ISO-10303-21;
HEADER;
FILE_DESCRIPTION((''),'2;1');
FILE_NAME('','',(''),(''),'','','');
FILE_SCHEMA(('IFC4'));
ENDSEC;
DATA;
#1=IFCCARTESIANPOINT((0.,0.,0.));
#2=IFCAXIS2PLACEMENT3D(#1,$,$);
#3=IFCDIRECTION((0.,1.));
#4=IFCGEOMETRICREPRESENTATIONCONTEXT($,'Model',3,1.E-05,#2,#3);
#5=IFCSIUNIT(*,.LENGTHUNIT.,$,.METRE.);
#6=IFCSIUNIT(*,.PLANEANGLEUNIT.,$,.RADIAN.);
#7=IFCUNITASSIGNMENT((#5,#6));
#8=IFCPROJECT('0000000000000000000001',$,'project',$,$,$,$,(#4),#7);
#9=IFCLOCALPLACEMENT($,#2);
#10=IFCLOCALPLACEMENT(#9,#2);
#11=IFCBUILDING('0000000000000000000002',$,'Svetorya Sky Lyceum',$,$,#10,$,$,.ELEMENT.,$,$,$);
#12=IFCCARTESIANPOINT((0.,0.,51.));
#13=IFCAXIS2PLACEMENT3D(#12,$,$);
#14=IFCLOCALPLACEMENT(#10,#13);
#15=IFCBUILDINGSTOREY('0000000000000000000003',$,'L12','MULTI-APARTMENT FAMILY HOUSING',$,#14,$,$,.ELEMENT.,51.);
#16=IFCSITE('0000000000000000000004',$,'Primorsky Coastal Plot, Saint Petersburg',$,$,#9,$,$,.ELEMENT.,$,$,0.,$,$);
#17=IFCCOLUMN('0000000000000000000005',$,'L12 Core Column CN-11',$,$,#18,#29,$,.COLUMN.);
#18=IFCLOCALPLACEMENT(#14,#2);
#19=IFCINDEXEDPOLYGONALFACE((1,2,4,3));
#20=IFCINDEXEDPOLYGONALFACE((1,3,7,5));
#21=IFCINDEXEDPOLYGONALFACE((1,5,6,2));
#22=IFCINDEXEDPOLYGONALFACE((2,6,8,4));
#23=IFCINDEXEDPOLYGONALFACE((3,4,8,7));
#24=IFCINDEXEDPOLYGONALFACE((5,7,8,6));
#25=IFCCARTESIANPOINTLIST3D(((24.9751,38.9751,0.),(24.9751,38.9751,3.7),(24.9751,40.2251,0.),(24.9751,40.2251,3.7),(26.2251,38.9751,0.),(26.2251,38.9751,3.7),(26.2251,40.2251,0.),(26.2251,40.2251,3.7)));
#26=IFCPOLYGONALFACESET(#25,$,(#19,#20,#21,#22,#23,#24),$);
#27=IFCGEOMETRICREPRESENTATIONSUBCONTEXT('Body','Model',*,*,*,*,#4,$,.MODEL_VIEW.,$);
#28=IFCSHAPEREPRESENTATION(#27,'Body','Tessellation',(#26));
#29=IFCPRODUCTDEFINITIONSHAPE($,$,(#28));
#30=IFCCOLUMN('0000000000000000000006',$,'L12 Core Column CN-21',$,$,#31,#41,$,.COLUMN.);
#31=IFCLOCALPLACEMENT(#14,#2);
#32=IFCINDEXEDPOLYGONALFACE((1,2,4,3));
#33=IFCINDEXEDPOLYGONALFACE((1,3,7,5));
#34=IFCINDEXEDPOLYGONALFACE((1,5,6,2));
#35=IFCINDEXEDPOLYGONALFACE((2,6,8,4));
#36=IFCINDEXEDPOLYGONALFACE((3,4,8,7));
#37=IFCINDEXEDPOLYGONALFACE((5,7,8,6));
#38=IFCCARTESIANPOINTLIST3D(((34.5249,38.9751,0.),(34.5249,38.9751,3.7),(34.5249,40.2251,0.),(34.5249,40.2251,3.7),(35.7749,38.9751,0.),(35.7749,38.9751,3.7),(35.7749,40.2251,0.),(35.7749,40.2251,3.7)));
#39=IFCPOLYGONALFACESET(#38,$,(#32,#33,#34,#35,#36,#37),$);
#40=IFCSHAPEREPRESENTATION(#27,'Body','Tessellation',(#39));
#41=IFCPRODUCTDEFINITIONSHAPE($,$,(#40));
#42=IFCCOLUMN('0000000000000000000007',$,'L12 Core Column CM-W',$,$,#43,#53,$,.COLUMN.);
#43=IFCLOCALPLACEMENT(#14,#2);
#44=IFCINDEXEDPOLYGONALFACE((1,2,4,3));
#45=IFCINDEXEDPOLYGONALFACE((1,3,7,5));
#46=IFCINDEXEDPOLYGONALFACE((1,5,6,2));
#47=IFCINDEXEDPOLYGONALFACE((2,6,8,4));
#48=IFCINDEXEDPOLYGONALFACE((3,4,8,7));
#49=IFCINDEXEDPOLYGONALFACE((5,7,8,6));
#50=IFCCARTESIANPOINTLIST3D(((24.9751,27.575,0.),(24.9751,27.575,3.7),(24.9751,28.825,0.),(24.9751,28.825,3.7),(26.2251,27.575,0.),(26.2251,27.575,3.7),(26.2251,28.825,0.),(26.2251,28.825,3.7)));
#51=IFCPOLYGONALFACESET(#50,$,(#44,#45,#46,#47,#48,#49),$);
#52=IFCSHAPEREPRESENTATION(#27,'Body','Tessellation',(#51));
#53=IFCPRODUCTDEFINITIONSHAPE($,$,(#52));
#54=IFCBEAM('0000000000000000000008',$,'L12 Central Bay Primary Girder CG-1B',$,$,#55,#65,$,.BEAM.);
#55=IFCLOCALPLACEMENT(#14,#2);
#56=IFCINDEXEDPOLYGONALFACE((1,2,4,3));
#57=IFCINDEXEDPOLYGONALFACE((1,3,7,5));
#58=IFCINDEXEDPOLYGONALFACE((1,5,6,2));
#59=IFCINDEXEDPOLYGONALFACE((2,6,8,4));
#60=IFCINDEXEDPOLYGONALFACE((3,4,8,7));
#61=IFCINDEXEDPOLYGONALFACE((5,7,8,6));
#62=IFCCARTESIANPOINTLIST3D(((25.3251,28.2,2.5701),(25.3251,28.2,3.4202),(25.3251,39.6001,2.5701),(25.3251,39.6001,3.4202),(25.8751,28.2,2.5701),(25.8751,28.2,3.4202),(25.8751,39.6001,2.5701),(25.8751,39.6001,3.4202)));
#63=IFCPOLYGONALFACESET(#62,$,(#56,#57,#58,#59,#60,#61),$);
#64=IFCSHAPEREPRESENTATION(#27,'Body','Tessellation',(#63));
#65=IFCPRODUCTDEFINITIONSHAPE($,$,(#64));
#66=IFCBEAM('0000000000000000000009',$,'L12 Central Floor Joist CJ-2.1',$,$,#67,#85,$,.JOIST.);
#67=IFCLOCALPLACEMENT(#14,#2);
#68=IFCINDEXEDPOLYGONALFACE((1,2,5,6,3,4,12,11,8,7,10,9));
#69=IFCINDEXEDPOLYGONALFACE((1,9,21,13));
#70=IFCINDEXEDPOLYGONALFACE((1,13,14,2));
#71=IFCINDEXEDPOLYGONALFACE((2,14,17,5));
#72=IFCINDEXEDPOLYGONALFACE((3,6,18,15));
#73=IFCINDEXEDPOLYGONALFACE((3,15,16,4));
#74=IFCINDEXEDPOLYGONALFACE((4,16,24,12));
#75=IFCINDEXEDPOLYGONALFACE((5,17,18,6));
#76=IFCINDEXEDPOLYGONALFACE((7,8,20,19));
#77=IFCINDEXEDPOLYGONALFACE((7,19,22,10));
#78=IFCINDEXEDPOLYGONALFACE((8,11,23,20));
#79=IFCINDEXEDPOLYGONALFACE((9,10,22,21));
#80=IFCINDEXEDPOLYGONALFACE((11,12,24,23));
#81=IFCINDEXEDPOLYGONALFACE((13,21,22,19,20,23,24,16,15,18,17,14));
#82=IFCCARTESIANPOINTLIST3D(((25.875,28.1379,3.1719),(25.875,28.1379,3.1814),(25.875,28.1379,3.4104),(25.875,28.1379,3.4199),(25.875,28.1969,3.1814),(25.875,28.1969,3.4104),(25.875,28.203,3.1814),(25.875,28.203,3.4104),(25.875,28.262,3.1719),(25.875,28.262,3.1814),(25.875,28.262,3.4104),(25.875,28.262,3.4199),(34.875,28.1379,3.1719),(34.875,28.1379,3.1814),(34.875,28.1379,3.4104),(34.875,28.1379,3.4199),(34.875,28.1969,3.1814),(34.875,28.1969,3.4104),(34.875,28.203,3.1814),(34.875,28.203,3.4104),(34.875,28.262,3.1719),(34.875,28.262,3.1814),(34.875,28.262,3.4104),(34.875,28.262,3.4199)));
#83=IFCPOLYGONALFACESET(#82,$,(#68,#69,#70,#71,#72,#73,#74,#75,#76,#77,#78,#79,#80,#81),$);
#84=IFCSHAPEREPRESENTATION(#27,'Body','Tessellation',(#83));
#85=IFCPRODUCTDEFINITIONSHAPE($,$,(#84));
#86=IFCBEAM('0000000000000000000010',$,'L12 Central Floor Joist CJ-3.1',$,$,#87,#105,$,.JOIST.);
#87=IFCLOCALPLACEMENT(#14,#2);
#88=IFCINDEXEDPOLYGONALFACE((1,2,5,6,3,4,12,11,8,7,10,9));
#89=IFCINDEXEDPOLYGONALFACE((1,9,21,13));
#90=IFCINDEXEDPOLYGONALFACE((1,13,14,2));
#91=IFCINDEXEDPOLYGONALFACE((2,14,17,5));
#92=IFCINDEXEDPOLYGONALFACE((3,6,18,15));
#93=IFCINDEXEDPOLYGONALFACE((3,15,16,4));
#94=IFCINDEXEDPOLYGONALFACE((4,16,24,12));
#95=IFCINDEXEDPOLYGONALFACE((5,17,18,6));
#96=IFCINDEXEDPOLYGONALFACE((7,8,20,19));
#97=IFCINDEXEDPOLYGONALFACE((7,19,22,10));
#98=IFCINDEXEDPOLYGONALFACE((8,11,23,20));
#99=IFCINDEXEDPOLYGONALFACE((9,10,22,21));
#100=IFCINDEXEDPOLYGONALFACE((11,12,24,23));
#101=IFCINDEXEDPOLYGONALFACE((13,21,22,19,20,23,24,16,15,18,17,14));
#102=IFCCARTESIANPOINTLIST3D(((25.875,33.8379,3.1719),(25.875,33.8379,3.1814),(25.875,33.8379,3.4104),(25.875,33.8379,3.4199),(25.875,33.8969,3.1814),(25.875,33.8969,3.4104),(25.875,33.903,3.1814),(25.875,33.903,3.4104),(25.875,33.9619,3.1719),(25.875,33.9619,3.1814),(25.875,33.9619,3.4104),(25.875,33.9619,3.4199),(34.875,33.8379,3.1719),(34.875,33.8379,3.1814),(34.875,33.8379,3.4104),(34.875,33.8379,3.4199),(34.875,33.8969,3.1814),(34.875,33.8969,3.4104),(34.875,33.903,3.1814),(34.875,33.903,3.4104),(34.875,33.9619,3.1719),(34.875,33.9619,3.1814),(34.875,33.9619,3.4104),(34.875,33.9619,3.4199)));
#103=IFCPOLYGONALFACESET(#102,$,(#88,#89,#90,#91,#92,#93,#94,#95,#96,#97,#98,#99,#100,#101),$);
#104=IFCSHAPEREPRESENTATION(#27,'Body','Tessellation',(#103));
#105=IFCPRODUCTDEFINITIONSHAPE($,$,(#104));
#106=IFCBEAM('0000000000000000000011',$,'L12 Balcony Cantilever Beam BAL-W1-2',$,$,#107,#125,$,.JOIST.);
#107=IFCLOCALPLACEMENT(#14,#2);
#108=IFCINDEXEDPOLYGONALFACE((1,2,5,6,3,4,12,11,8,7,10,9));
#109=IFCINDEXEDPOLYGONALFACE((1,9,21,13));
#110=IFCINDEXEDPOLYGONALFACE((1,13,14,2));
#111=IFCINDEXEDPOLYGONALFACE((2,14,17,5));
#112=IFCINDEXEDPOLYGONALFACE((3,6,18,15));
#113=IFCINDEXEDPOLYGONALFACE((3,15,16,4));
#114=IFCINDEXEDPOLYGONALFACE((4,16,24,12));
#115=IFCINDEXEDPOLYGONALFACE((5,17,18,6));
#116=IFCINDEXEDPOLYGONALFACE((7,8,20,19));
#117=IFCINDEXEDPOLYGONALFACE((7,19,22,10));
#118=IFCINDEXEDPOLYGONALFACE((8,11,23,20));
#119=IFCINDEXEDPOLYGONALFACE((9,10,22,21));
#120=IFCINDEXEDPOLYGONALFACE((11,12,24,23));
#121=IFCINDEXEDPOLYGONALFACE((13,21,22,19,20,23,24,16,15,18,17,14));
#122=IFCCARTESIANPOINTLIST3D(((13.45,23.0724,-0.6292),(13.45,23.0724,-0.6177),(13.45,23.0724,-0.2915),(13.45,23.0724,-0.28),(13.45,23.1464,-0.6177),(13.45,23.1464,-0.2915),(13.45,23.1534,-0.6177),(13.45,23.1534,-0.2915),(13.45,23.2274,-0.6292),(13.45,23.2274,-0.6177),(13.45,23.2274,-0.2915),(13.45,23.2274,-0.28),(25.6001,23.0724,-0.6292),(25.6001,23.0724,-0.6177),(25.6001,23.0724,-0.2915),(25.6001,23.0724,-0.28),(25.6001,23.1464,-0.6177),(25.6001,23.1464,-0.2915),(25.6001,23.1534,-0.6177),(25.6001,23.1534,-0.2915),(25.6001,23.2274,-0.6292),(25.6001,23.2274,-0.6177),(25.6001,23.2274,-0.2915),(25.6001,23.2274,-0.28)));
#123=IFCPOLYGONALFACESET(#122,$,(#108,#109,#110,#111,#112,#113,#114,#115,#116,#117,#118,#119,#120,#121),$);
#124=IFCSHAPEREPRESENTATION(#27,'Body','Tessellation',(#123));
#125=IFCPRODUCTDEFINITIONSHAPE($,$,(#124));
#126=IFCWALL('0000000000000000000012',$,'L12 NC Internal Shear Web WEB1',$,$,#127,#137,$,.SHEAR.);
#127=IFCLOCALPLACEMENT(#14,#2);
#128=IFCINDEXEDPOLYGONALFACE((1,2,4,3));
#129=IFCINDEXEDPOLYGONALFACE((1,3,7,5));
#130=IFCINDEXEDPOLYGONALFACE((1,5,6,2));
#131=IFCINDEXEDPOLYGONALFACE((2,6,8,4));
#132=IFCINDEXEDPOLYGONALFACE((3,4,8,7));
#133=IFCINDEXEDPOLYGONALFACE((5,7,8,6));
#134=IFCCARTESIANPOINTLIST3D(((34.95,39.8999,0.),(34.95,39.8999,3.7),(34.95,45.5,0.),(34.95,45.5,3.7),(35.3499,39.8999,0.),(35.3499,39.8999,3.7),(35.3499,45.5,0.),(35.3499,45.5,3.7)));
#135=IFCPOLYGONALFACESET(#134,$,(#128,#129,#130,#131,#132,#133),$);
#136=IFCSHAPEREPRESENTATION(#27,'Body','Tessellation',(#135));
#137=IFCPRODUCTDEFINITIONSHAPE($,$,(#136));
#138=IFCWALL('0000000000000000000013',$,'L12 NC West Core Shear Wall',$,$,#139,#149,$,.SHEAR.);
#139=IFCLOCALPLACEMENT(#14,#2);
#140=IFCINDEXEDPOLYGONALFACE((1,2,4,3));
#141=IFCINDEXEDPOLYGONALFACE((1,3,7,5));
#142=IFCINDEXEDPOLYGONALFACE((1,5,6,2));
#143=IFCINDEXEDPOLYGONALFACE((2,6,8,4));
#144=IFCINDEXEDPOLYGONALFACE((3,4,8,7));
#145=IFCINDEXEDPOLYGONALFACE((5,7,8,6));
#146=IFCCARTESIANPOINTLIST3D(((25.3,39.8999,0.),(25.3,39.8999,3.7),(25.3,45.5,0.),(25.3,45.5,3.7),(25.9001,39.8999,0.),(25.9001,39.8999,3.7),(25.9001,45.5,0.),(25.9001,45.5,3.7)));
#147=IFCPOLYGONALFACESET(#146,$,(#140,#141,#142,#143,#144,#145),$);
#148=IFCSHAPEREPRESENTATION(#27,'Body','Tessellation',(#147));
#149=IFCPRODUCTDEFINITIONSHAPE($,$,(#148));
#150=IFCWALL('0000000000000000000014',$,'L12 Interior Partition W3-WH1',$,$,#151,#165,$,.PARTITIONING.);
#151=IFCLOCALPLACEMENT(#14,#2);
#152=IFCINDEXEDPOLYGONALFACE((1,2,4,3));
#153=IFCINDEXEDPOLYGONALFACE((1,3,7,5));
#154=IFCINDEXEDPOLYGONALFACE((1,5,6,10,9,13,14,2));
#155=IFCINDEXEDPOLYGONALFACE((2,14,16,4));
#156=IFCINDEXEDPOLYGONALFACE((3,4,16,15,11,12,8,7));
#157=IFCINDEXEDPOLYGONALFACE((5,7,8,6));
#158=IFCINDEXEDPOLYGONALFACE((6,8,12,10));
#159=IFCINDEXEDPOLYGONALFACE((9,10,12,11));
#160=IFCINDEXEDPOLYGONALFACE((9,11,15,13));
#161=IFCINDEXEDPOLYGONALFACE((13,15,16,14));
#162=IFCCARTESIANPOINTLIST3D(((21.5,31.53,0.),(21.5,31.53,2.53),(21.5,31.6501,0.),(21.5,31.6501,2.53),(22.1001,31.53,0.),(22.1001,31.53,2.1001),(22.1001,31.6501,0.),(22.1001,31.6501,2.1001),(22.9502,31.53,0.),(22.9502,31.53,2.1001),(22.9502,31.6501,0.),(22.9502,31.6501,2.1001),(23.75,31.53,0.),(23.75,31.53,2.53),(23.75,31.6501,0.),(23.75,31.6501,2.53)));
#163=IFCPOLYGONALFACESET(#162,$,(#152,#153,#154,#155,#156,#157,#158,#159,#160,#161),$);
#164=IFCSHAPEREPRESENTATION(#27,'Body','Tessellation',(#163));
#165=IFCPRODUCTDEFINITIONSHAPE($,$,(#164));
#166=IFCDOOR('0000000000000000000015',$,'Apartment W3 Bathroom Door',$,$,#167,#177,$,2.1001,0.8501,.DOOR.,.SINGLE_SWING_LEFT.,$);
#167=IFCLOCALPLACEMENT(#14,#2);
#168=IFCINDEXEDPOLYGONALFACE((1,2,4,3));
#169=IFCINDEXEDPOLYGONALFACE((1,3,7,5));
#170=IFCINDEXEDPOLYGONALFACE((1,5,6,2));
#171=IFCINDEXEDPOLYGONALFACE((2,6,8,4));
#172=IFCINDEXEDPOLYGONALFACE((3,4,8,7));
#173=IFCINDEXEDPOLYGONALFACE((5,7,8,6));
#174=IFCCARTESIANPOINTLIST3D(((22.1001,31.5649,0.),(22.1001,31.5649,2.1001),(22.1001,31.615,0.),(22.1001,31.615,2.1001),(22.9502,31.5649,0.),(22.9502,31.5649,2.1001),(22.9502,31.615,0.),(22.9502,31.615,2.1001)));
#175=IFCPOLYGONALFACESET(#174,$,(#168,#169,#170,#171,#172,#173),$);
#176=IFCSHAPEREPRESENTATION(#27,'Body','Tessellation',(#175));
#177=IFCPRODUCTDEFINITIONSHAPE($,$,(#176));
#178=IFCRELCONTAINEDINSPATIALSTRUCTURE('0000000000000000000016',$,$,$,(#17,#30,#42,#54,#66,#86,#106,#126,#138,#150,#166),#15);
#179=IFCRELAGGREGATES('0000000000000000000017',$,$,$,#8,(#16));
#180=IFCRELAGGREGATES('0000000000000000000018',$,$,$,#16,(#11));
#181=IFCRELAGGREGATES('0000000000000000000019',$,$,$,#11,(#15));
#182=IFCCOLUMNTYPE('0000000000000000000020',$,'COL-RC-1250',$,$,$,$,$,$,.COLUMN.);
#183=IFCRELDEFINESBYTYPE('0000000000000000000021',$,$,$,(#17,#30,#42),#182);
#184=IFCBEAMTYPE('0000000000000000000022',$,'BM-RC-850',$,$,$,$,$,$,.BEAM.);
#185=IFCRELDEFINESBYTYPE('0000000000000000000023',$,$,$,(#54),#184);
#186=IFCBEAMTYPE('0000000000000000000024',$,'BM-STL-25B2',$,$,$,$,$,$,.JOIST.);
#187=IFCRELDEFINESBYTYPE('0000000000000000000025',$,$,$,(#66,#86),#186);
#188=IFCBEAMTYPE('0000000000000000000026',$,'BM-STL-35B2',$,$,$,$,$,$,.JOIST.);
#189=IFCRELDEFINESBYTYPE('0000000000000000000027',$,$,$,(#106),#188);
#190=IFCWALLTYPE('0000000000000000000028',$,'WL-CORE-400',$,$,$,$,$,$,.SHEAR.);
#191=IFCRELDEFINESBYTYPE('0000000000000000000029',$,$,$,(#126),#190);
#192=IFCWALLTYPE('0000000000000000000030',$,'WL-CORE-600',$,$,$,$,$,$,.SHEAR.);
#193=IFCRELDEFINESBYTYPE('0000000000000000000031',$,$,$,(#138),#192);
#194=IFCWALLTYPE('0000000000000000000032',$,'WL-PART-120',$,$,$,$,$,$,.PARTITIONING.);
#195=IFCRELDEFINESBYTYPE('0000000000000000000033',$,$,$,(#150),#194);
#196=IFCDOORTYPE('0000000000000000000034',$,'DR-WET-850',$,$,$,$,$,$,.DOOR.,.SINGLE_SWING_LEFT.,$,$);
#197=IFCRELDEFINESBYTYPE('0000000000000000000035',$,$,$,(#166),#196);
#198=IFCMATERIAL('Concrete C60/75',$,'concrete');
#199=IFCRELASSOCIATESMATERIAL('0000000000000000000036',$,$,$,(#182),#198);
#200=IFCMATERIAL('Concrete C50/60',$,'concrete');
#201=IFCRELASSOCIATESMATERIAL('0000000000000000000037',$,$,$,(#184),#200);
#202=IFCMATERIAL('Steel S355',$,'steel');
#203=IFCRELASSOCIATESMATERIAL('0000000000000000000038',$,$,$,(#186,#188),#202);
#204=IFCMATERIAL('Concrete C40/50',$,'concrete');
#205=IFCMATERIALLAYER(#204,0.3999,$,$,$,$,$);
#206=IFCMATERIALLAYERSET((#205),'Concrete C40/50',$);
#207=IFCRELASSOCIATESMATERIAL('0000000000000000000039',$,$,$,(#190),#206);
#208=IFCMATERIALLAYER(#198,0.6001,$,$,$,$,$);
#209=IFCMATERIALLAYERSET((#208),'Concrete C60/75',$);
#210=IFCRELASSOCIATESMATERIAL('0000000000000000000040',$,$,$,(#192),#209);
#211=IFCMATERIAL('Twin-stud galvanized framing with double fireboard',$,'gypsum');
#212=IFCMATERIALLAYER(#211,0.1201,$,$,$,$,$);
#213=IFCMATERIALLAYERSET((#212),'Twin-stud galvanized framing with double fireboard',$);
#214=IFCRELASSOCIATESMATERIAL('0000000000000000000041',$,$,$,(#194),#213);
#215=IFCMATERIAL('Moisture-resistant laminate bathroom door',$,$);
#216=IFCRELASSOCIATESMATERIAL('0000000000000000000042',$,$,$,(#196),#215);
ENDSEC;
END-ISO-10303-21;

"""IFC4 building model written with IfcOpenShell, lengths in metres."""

from ifc_helpers import new_model, si_unit, direction, frame, frame_2d, origin, origin_2d, place, context, subcontext, project, spatial, rectangle, i_section, extrude, material, layer, layer_set, material_profile, profile_set, type_object, element, fill, save


model = new_model("IFC4")

# Units and contexts
model_context = context("Model", 3, precision=1e-05, world=origin(), true_north=direction((0.0, 1.0)))
body_context = subcontext(model_context, "Body", "Model", "MODEL_VIEW")
ifc_project = project(units=[si_unit("LENGTHUNIT", "METRE"), si_unit("PLANEANGLEUNIT", "RADIAN")], contexts=[model_context])

# Site, building, storey
site_placement = place(None, origin())
site = spatial("IfcSite", under=ifc_project, at=site_placement, Name="Primorsky Coastal Plot, Saint Petersburg", CompositionType="ELEMENT", RefElevation=0.0)
building_placement = place(site_placement, origin())
building = spatial("IfcBuilding", under=site, at=building_placement, Name="Svetorya Sky Lyceum", CompositionType="ELEMENT")
storey_placement = place(building_placement, frame((0.0, 0.0, 51.0)))
storey = spatial("IfcBuildingStorey", under=building, at=storey_placement, Name="L12", Description="MULTI-APARTMENT FAMILY HOUSING", CompositionType="ELEMENT", Elevation=51.0)

# Columns
ifc_material_1 = material(Name="Concrete C60/75", Category="concrete")
ifc_material_profile_1 = material_profile(ifc_material_1, rectangle(XDim=1.25, YDim=1.25, at=origin_2d()), Name="RC COL 1250x1250")
ifc_profile_set_1 = profile_set([ifc_material_profile_1], Name="Concrete C60/75")
column_type = type_object("IfcColumnType", Name="COL-RC-1250", PredefinedType="COLUMN", material=ifc_profile_set_1)
for number, where, z_axis, x_axis, name in (
    (1, (25.6001, 39.6001, 0.0), (0.0, 0.0, 1.0), (1.0, 0.0, 0.0), "L12 Core Column CN-11"),
    (2, (35.1499, 39.6001, 0.0), (0.0, 0.0, 1.0), (1.0, 0.0, 0.0), "L12 Core Column CN-21"),
    (3, (25.6001, 28.2, 0.0), (0.0, 0.0, 1.0), (1.0, 0.0, 0.0), "L12 Core Column CM-W"),
):
    element("IfcColumn", number, at=place(storey_placement, frame(where, z_axis=z_axis, x_axis=x_axis)), inside=storey, type_object=column_type, Name=name, PredefinedType="COLUMN", context=body_context, shape_type="SweptSolid", body=[
        extrude(rectangle(XDim=1.25, YDim=1.25, at=origin_2d()), origin(), (0.0, 0.0, 1.0), 3.7),
    ])

# Beams
ifc_material_2 = material(Name="Concrete C50/60", Category="concrete")
ifc_material_profile_2 = material_profile(ifc_material_2, rectangle(XDim=0.55, YDim=0.8501, at=origin_2d()), Name="RC BEAM 550x850")
ifc_profile_set_2 = profile_set([ifc_material_profile_2], Name="Concrete C50/60")
beam_type_1 = type_object("IfcBeamType", Name="BM-RC-850", PredefinedType="BEAM", material=ifc_profile_set_2)
beam_1_placement = place(storey_placement, frame((25.6001, 28.2, 2.9951), z_axis=(0.0, 1.0, 0.0), x_axis=(-1.0, 0.0, 0.0)))
element("IfcBeam", 4, at=beam_1_placement, inside=storey, type_object=beam_type_1, Name="L12 Central Bay Primary Girder CG-1B", PredefinedType="BEAM", context=body_context, shape_type="SweptSolid", body=[
    extrude(rectangle(XDim=0.55, YDim=0.8501, at=origin_2d()), origin(), (0.0, 0.0, 1.0), 11.4001),
])
ifc_material_3 = material(Name="Steel S355", Category="steel")
ifc_material_profile_3 = material_profile(ifc_material_3, i_section(OverallWidth=0.124, OverallDepth=0.248, WebThickness=0.0061, FlangeThickness=0.0095, at=origin_2d()), Name="GOST 25B2")
ifc_profile_set_3 = profile_set([ifc_material_profile_3], Name="Steel S355")
beam_type_2 = type_object("IfcBeamType", Name="BM-STL-25B2", PredefinedType="JOIST", material=ifc_profile_set_3)
for number, where, z_axis, x_axis, name in (
    (5, (25.875, 28.2, 3.2959), (1.0, 0.0, 0.0), (0.0, 1.0, 0.0), "L12 Central Floor Joist CJ-2.1"),
    (6, (25.875, 33.8999, 3.2959), (1.0, 0.0, 0.0), (0.0, 1.0, 0.0), "L12 Central Floor Joist CJ-3.1"),
):
    element("IfcBeam", number, at=place(storey_placement, frame(where, z_axis=z_axis, x_axis=x_axis)), inside=storey, type_object=beam_type_2, Name=name, PredefinedType="JOIST", context=body_context, shape_type="SweptSolid", body=[
        extrude(i_section(OverallWidth=0.124, OverallDepth=0.248, WebThickness=0.0061, FlangeThickness=0.0095, at=origin_2d()), origin(), (0.0, 0.0, 1.0), 9.0),
    ])
ifc_material_profile_4 = material_profile(ifc_material_3, i_section(OverallWidth=0.155, OverallDepth=0.3491, WebThickness=0.0071, FlangeThickness=0.0115, at=origin_2d()), Name="GOST 35B2")
ifc_profile_set_4 = profile_set([ifc_material_profile_4], Name="Steel S355")
beam_type_3 = type_object("IfcBeamType", Name="BM-STL-35B2", PredefinedType="JOIST", material=ifc_profile_set_4)
beam_2_placement = place(storey_placement, frame((25.6001, 23.1499, -0.4546), z_axis=(-1.0, 0.0, 0.0), x_axis=(0.0, -1.0, 0.0)))
element("IfcBeam", 7, at=beam_2_placement, inside=storey, type_object=beam_type_3, Name="L12 Balcony Cantilever Beam BAL-W1-2", PredefinedType="JOIST", context=body_context, shape_type="SweptSolid", body=[
    extrude(i_section(OverallWidth=0.155, OverallDepth=0.3491, WebThickness=0.0071, FlangeThickness=0.0115, at=origin_2d()), origin(), (0.0, 0.0, 1.0), 12.1501),
])

# Walls
ifc_material_4 = material(Name="Concrete C40/50", Category="concrete")
ifc_layer_1 = layer(ifc_material_4, 0.3999)
ifc_layer_set_1 = layer_set([ifc_layer_1], Name="Concrete C40/50")
wall_type_1 = type_object("IfcWallType", Name="WL-CORE-400", PredefinedType="SHEAR", material=ifc_layer_set_1)
wall_1_placement = place(storey_placement, frame((35.1499, 39.8999, 0.0), z_axis=(0.0, 0.0, 1.0), x_axis=(0.0, 1.0, 0.0)))
element("IfcWall", 8, at=wall_1_placement, inside=storey, type_object=wall_type_1, Name="L12 NC Internal Shear Web WEB1", PredefinedType="SHEAR", context=body_context, shape_type="SweptSolid", body=[
    extrude(rectangle(XDim=5.6001, YDim=0.3999, at=frame_2d((2.8, 0.0))), origin(), (0.0, 0.0, 1.0), 3.7),
])
ifc_layer_2 = layer(ifc_material_1, 0.6001)
ifc_layer_set_2 = layer_set([ifc_layer_2], Name="Concrete C60/75")
wall_type_2 = type_object("IfcWallType", Name="WL-CORE-600", PredefinedType="SHEAR", material=ifc_layer_set_2)
wall_2_placement = place(storey_placement, frame((25.6001, 39.8999, 0.0), z_axis=(0.0, 0.0, 1.0), x_axis=(0.0, 1.0, 0.0)))
element("IfcWall", 9, at=wall_2_placement, inside=storey, type_object=wall_type_2, Name="L12 NC West Core Shear Wall", PredefinedType="SHEAR", context=body_context, shape_type="SweptSolid", body=[
    extrude(rectangle(XDim=5.6001, YDim=0.6001, at=frame_2d((2.8, 0.0))), origin(), (0.0, 0.0, 1.0), 3.7),
])

# Wall, opening, door
ifc_material_5 = material(Name="Twin-stud galvanized framing with double fireboard", Category="gypsum")
ifc_layer_3 = layer(ifc_material_5, 0.1201)
ifc_layer_set_3 = layer_set([ifc_layer_3], Name="Twin-stud galvanized framing with double fireboard")
wall_type_3 = type_object("IfcWallType", Name="WL-PART-120", PredefinedType="PARTITIONING", material=ifc_layer_set_3)
wall_3_placement = place(storey_placement, frame((21.5, 31.5901, 0.0), z_axis=(0.0, 0.0, 1.0), x_axis=(1.0, 0.0, 0.0)))
wall_3 = element("IfcWall", 10, at=wall_3_placement, inside=storey, type_object=wall_type_3, Name="L12 Interior Partition W3-WH1", PredefinedType="PARTITIONING", context=body_context, shape_type="SweptSolid", body=[
    extrude(rectangle(XDim=2.25, YDim=0.1201, at=frame_2d((1.125, 0.0))), origin(), (0.0, 0.0, 1.0), 2.53),
])
opening_1_placement = place(wall_3_placement, frame((0.6001, 0.0, 0.0)))
opening_1 = element("IfcOpeningElement", 11, at=opening_1_placement, cuts=wall_3, PredefinedType="OPENING", context=body_context, shape_type="SweptSolid", body=[
    extrude(rectangle(XDim=0.8501, YDim=2.1001, at=frame_2d((0.425, 1.05))), frame((0.0, 0.0701, 0.0), z_axis=(0.0, -1.0, 0.0), x_axis=(1.0, 0.0, 0.0)), (0.0, 0.0, 1.0), 0.1401),
])
ifc_material_6 = material(Name="Moisture-resistant laminate bathroom door")
door_type_1 = type_object("IfcDoorType", Name="DR-WET-850", OperationType="SINGLE_SWING_LEFT", PredefinedType="DOOR", material=ifc_material_6)
door_1_placement = place(opening_1_placement, origin())
door_1 = element("IfcDoor", 12, at=door_1_placement, inside=storey, type_object=door_type_1, Name="Apartment W3 Bathroom Door", OperationType="SINGLE_SWING_LEFT", OverallHeight=2.1001, OverallWidth=0.8501, PredefinedType="DOOR", context=body_context, shape_type="SweptSolid", body=[
    extrude(rectangle(XDim=0.8501, YDim=2.1001, at=frame_2d((0.425, 1.05))), frame((0.0, 0.0249, 0.0), z_axis=(0.0, -1.0, 0.0), x_axis=(1.0, 0.0, 0.0)), (0.0, 0.0, 1.0), 0.05),
])
fill(opening_1, door_1)

save(model, "model.ifc")
